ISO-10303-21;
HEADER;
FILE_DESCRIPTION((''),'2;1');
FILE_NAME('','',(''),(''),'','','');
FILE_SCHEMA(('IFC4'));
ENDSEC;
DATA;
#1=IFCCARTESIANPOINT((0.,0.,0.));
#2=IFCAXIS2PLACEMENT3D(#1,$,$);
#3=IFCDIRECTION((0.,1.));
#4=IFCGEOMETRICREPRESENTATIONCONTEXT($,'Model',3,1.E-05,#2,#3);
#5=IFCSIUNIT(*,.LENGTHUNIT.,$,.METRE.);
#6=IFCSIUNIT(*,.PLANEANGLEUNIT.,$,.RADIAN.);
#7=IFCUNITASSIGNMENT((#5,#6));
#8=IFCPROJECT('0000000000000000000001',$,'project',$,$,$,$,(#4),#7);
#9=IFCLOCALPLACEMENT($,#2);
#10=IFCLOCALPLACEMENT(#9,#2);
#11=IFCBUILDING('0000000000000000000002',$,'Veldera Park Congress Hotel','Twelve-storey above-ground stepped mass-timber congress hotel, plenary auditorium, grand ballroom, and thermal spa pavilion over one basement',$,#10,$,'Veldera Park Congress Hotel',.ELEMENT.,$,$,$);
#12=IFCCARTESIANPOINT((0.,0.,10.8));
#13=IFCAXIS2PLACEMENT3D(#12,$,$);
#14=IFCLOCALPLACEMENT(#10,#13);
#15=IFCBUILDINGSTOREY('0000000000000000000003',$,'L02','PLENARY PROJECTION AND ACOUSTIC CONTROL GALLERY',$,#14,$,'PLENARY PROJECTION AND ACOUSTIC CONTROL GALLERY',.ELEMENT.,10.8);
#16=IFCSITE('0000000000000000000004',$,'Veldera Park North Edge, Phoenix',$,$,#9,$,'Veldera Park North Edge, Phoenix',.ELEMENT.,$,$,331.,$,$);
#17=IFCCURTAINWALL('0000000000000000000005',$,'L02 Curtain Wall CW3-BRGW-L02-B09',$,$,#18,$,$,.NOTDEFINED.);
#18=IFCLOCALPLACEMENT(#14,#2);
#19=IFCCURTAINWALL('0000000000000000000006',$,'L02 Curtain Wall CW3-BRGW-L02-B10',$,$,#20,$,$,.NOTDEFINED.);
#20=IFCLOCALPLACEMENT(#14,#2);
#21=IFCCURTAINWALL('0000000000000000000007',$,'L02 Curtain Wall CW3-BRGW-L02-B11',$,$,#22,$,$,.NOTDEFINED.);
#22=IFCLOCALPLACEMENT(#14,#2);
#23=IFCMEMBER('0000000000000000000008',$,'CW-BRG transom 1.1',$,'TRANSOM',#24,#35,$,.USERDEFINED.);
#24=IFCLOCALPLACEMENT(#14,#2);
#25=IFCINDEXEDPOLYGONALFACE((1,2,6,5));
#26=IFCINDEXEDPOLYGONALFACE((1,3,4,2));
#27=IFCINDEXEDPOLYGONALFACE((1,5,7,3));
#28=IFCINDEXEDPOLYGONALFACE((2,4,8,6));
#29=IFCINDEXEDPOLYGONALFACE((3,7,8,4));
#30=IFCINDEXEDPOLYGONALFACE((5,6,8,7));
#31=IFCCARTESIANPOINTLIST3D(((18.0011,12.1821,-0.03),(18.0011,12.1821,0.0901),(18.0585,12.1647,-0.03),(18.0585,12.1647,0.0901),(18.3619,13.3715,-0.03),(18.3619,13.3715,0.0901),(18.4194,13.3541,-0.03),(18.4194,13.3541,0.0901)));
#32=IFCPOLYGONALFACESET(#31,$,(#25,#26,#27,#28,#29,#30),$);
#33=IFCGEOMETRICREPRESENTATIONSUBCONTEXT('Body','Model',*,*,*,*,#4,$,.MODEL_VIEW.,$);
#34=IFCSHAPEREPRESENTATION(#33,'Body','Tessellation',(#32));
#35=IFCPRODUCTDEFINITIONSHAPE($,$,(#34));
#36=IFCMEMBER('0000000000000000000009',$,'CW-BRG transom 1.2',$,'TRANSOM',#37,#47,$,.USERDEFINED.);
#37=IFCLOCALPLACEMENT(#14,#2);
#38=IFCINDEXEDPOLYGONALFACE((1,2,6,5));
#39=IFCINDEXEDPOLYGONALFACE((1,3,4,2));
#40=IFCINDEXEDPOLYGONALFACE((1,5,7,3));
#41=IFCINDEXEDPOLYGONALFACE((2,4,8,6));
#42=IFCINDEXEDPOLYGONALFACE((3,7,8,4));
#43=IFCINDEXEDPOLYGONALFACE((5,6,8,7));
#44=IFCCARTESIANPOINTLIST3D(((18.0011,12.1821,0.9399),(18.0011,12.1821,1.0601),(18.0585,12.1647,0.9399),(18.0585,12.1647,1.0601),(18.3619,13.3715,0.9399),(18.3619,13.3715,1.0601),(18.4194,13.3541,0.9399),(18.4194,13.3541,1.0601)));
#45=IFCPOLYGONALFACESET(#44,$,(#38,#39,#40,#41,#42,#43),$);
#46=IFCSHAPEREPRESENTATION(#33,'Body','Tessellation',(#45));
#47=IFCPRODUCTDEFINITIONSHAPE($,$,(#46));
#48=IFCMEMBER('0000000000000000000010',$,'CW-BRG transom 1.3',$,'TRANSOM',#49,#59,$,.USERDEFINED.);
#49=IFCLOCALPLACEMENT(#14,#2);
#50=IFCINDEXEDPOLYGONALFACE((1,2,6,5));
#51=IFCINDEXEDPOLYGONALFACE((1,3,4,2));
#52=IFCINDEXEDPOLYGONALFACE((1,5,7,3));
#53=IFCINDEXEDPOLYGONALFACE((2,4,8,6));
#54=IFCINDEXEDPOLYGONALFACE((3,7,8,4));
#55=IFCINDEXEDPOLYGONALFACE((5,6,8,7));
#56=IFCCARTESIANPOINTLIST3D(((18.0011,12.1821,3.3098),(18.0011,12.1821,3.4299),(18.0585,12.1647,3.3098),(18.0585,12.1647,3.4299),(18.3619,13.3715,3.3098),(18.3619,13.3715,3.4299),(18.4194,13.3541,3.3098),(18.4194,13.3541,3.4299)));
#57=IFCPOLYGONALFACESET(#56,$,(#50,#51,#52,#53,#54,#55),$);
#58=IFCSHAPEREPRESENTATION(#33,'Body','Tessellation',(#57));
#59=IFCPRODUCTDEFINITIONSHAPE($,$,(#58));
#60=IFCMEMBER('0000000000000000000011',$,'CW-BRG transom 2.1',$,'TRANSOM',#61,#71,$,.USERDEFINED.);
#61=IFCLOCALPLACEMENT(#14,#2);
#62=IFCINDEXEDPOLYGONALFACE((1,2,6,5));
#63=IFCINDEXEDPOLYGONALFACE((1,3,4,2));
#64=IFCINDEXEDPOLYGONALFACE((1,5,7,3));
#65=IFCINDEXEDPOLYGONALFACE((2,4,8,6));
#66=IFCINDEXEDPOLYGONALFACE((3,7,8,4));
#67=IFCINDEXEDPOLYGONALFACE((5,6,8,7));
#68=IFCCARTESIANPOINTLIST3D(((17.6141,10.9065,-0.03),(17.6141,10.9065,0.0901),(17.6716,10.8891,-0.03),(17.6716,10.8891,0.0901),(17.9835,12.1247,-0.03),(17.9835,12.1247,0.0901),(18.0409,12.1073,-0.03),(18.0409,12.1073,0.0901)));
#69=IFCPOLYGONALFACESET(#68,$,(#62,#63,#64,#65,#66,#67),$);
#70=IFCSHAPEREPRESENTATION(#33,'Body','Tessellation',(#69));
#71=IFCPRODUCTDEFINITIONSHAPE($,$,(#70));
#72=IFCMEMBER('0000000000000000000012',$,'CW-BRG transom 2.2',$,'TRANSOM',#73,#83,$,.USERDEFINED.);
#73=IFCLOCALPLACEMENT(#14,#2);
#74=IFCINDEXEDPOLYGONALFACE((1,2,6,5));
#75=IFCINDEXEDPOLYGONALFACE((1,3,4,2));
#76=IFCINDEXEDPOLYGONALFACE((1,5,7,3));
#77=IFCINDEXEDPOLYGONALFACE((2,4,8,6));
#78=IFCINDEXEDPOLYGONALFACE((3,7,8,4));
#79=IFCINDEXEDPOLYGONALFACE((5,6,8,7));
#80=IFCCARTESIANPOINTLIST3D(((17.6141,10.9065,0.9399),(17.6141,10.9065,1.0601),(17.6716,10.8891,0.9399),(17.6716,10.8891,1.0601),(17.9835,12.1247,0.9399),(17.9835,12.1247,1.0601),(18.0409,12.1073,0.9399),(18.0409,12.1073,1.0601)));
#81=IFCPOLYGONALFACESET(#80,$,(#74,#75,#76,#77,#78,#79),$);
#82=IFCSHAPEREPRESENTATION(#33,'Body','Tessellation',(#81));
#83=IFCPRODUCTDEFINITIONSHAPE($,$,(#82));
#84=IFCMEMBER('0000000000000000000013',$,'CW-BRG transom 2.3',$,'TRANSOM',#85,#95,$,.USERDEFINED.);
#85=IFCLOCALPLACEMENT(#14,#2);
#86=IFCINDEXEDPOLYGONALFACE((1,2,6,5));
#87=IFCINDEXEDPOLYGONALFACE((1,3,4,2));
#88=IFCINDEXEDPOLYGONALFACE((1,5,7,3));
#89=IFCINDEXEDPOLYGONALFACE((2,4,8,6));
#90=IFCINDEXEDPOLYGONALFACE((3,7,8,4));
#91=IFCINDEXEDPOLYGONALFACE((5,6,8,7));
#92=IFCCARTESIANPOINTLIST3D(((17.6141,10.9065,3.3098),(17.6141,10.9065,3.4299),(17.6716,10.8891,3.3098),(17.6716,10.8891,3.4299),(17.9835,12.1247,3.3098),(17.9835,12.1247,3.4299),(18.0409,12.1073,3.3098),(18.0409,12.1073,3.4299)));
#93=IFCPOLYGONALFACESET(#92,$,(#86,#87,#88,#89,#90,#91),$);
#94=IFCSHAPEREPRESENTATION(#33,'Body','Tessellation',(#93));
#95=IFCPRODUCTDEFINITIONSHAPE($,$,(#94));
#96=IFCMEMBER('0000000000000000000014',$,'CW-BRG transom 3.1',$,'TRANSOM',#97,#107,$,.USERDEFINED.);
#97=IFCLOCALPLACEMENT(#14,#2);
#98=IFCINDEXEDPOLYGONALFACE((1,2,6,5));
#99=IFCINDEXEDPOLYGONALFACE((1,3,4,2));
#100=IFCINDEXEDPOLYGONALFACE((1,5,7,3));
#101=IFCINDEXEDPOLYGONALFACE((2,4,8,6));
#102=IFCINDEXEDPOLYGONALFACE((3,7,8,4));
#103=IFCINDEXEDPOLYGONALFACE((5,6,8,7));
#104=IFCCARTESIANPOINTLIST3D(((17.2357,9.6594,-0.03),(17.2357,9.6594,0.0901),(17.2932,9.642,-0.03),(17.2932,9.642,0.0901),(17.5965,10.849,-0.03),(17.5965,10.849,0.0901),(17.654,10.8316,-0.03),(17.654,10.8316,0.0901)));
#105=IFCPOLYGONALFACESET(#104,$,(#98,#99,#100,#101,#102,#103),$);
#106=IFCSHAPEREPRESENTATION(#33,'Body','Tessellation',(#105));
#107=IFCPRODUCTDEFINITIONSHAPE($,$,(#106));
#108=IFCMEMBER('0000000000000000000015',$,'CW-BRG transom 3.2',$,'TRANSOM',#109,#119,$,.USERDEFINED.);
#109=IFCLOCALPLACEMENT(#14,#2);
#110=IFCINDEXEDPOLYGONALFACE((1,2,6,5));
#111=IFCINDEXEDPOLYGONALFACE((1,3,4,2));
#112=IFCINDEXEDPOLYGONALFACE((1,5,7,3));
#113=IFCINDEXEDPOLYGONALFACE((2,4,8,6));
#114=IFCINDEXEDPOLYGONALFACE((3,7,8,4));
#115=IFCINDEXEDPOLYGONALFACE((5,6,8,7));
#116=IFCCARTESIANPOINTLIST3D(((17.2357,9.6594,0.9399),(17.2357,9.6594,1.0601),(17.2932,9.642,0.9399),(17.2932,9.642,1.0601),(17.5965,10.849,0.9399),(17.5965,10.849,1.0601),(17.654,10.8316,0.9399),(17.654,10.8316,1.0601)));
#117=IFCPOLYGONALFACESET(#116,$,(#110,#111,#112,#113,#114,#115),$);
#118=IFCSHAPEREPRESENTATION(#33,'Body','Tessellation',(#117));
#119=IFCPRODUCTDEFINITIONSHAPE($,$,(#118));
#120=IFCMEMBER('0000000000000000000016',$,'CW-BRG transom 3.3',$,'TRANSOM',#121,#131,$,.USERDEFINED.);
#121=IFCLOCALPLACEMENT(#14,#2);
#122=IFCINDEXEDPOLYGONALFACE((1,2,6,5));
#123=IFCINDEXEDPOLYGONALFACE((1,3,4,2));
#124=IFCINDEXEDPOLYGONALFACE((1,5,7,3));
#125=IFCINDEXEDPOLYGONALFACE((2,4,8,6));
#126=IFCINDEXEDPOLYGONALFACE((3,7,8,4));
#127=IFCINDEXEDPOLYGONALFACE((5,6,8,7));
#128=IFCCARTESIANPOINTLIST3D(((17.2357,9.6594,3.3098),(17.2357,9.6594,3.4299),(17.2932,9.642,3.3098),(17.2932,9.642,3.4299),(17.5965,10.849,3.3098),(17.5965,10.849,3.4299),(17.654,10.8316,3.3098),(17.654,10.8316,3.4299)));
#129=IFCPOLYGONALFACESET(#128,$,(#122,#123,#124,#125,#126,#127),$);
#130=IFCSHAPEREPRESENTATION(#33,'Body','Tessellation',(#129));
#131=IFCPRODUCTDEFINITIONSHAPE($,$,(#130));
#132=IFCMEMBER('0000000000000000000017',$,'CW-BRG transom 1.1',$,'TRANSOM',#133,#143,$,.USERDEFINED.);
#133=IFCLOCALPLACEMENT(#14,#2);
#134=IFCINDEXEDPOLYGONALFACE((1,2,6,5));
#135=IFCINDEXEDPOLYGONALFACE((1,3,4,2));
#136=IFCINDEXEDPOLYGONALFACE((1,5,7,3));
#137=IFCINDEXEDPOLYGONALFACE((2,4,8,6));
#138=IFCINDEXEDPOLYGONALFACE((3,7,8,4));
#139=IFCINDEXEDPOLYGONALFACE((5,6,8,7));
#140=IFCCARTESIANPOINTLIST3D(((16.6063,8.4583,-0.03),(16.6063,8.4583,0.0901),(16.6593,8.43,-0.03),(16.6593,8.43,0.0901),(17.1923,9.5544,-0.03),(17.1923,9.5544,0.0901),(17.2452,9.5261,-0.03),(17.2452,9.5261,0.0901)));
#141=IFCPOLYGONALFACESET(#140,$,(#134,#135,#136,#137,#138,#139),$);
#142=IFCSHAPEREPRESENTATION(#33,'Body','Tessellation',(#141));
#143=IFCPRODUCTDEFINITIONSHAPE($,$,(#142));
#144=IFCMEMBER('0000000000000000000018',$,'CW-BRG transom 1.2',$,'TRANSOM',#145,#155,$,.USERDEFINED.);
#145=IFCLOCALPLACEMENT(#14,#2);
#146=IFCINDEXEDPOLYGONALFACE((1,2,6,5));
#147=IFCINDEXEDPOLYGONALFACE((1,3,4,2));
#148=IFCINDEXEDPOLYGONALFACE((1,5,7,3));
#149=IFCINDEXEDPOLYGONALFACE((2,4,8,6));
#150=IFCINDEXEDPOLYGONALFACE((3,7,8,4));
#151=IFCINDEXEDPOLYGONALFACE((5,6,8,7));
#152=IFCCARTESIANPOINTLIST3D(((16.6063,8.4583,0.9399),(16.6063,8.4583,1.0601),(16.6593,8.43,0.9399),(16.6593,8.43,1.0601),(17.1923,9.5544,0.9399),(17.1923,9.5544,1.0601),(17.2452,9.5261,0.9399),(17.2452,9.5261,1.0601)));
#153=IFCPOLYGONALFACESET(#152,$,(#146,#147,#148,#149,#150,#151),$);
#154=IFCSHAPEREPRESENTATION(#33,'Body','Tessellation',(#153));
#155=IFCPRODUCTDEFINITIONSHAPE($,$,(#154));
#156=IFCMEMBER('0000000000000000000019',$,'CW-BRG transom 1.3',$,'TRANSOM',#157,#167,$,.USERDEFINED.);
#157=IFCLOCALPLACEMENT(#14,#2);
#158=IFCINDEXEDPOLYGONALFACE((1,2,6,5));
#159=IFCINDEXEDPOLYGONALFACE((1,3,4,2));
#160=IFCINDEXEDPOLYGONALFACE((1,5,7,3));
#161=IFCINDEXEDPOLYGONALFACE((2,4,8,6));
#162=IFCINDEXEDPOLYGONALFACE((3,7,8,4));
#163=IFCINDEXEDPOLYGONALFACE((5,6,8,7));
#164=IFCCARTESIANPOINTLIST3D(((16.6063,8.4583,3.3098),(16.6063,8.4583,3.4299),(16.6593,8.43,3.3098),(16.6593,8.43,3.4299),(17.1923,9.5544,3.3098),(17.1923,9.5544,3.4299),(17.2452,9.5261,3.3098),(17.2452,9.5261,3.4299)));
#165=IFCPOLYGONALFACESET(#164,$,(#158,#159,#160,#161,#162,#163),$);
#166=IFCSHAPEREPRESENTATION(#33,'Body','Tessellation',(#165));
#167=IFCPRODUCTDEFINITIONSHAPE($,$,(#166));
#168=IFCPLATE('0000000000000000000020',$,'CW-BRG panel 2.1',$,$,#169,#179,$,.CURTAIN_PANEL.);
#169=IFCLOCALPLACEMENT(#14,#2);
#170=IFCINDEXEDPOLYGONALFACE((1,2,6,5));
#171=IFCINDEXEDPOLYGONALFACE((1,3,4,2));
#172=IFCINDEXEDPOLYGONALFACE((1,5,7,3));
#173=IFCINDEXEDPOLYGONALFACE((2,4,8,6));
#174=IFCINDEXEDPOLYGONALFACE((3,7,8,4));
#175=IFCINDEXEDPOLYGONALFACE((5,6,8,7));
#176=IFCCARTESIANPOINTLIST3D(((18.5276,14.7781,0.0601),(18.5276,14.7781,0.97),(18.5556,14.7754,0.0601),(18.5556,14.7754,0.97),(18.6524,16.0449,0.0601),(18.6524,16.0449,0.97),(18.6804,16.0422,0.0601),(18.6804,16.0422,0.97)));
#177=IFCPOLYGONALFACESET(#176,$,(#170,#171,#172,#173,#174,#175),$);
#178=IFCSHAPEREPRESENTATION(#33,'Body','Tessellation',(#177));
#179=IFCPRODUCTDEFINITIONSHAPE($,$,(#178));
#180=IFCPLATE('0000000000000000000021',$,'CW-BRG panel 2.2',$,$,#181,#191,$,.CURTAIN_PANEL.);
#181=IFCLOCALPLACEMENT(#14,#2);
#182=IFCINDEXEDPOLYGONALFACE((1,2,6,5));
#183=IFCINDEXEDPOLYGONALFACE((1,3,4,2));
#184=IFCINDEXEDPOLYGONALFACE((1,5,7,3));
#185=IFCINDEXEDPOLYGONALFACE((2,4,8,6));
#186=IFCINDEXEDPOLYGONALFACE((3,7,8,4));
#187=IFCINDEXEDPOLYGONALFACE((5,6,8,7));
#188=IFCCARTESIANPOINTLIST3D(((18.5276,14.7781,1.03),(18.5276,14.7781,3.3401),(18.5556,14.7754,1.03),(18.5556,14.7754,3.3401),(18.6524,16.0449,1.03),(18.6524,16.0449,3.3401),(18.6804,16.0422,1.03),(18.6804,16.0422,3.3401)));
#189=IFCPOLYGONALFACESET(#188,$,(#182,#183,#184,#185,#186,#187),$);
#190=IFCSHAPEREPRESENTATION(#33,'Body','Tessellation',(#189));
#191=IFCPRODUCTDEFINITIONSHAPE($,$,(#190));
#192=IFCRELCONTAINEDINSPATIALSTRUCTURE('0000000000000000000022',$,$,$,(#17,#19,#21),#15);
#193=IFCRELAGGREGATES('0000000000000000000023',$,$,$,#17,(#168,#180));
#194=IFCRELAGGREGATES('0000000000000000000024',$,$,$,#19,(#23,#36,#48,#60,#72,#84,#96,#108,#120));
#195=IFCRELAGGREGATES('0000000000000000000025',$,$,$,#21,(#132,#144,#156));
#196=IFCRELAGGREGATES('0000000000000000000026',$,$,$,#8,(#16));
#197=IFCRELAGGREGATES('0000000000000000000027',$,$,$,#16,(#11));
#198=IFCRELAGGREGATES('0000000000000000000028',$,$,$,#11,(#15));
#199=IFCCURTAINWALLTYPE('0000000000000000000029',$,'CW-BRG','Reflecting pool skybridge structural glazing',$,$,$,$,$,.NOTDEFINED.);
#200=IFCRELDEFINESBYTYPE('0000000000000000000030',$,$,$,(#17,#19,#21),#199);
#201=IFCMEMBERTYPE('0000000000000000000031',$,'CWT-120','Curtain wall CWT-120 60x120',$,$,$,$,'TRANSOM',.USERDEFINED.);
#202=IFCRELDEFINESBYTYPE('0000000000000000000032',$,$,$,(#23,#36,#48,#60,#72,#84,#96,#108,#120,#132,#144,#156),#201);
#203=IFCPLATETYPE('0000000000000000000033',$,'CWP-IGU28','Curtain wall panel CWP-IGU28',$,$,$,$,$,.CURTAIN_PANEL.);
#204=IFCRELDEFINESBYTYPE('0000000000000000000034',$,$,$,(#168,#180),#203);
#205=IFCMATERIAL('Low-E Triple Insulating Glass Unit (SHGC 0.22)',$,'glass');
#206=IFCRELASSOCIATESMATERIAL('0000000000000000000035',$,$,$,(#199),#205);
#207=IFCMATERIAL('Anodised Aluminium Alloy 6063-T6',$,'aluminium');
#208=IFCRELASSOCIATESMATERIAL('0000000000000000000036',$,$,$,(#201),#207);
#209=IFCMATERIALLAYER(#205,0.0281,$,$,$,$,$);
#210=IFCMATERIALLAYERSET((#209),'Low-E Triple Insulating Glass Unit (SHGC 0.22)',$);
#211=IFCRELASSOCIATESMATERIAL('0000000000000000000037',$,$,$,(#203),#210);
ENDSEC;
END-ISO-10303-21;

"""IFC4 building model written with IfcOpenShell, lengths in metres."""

from ifc_helpers import new_model, si_unit, direction, frame, origin, origin_2d, place, context, subcontext, project, spatial, rectangle, extrude, material, layer, layer_set, material_profile, profile_set, type_object, element, aggregate, save


model = new_model("IFC4")

# Units and contexts
model_context = context("Model", 3, precision=1e-05, world=origin(), true_north=direction((0.0, 1.0)))
body_context = subcontext(model_context, "Body", "Model", "MODEL_VIEW")
ifc_project = project(units=[si_unit("LENGTHUNIT", "METRE"), si_unit("PLANEANGLEUNIT", "RADIAN")], contexts=[model_context])

# Site, building, storey
site_placement = place(None, origin())
site = spatial("IfcSite", under=ifc_project, at=site_placement, Name="Veldera Park North Edge, Phoenix", LongName="Veldera Park North Edge, Phoenix", CompositionType="ELEMENT", RefElevation=331.0)
building_placement = place(site_placement, origin())
building = spatial("IfcBuilding", under=site, at=building_placement, Name="Veldera Park Congress Hotel", Description="Twelve-storey above-ground stepped mass-timber congress hotel, plenary auditorium, grand ballroom, and thermal spa pavilion over one basement", LongName="Veldera Park Congress Hotel", CompositionType="ELEMENT")
storey_placement = place(building_placement, frame((0.0, 0.0, 10.8)))
storey = spatial("IfcBuildingStorey", under=building, at=storey_placement, Name="L02", Description="PLENARY PROJECTION AND ACOUSTIC CONTROL GALLERY", LongName="PLENARY PROJECTION AND ACOUSTIC CONTROL GALLERY", CompositionType="ELEMENT", Elevation=10.8)

# Curtain walls
ifc_material_1 = material(Name="Low-E Triple Insulating Glass Unit (SHGC 0.22)", Category="glass")
curtain_wall_type = type_object("IfcCurtainWallType", Name="CW-BRG", Description="Reflecting pool skybridge structural glazing", PredefinedType="NOTDEFINED", material=ifc_material_1)
curtain_wall_1_placement = place(storey_placement, origin())
curtain_wall_1 = element("IfcCurtainWall", 1, at=curtain_wall_1_placement, inside=storey, type_object=curtain_wall_type, Name="L02 Curtain Wall CW3-BRGW-L02-B09", PredefinedType="NOTDEFINED")
ifc_material_2 = material(Name="Anodised Aluminium Alloy 6063-T6", Category="aluminium")
curtain_wall_2_placement = place(storey_placement, origin())
curtain_wall_2 = element("IfcCurtainWall", 2, at=curtain_wall_2_placement, inside=storey, type_object=curtain_wall_type, Name="L02 Curtain Wall CW3-BRGW-L02-B10", PredefinedType="NOTDEFINED")
curtain_wall_3_placement = place(storey_placement, origin())
curtain_wall_3 = element("IfcCurtainWall", 3, at=curtain_wall_3_placement, inside=storey, type_object=curtain_wall_type, Name="L02 Curtain Wall CW3-BRGW-L02-B11", PredefinedType="NOTDEFINED")

# Members
ifc_material_profile_1 = material_profile(ifc_material_2, rectangle(XDim=0.0601, YDim=0.1201, at=origin_2d()), Name="ALU 60x120")
ifc_profile_set_1 = profile_set([ifc_material_profile_1], Name="Anodised Aluminium Alloy 6063-T6")
member_type_1 = type_object("IfcMemberType", Name="CWT-120", Description="Curtain wall CWT-120 60x120", ElementType="TRANSOM", PredefinedType="USERDEFINED", material=ifc_profile_set_1)
member_1_placement = place(storey_placement, frame((18.3906, 13.3628, 0.03), z_axis=(-0.290302, -0.956935, 0.0), x_axis=(0.956935, -0.290302, 0.0)))
member_1 = element("IfcMember", 4, at=member_1_placement, type_object=member_type_1, Name="CW-BRG transom 1.1", ObjectType="TRANSOM", PredefinedType="USERDEFINED", context=body_context, shape_type="SweptSolid", body=[
    extrude(rectangle(XDim=0.0601, YDim=0.1201, at=origin_2d()), origin(), (0.0, 0.0, 1.0), 1.2429),
])
member_2_placement = place(storey_placement, frame((18.3906, 13.3628, 1.0), z_axis=(-0.290302, -0.956935, 0.0), x_axis=(0.956935, -0.290302, 0.0)))
member_2 = element("IfcMember", 5, at=member_2_placement, type_object=member_type_1, Name="CW-BRG transom 1.2", ObjectType="TRANSOM", PredefinedType="USERDEFINED", context=body_context, shape_type="SweptSolid", body=[
    extrude(rectangle(XDim=0.0601, YDim=0.1201, at=origin_2d()), origin(), (0.0, 0.0, 1.0), 1.2429),
])
member_3_placement = place(storey_placement, frame((18.3906, 13.3628, 3.3699), z_axis=(-0.290302, -0.956935, 0.0), x_axis=(0.956935, -0.290302, 0.0)))
member_3 = element("IfcMember", 6, at=member_3_placement, type_object=member_type_1, Name="CW-BRG transom 1.3", ObjectType="TRANSOM", PredefinedType="USERDEFINED", context=body_context, shape_type="SweptSolid", body=[
    extrude(rectangle(XDim=0.0601, YDim=0.1201, at=origin_2d()), origin(), (0.0, 0.0, 1.0), 1.2429),
])
member_4_placement = place(storey_placement, frame((18.0122, 12.116, 0.03), z_axis=(-0.290162, -0.956978, 0.0), x_axis=(0.956978, -0.290162, 0.0)))
member_4 = element("IfcMember", 7, at=member_4_placement, type_object=member_type_1, Name="CW-BRG transom 2.1", ObjectType="TRANSOM", PredefinedType="USERDEFINED", context=body_context, shape_type="SweptSolid", body=[
    extrude(rectangle(XDim=0.0601, YDim=0.1201, at=origin_2d()), origin(), (0.0, 0.0, 1.0), 1.2729),
])
member_5_placement = place(storey_placement, frame((18.0122, 12.116, 1.0), z_axis=(-0.290162, -0.956978, 0.0), x_axis=(0.956978, -0.290162, 0.0)))
member_5 = element("IfcMember", 8, at=member_5_placement, type_object=member_type_1, Name="CW-BRG transom 2.2", ObjectType="TRANSOM", PredefinedType="USERDEFINED", context=body_context, shape_type="SweptSolid", body=[
    extrude(rectangle(XDim=0.0601, YDim=0.1201, at=origin_2d()), origin(), (0.0, 0.0, 1.0), 1.2729),
])
member_6_placement = place(storey_placement, frame((18.0122, 12.116, 3.3699), z_axis=(-0.290162, -0.956978, 0.0), x_axis=(0.956978, -0.290162, 0.0)))
member_6 = element("IfcMember", 9, at=member_6_placement, type_object=member_type_1, Name="CW-BRG transom 2.3", ObjectType="TRANSOM", PredefinedType="USERDEFINED", context=body_context, shape_type="SweptSolid", body=[
    extrude(rectangle(XDim=0.0601, YDim=0.1201, at=origin_2d()), origin(), (0.0, 0.0, 1.0), 1.2729),
])
member_7_placement = place(storey_placement, frame((17.6252, 10.8403, 0.03), z_axis=(-0.290247, -0.956952, 0.0), x_axis=(0.956952, -0.290247, 0.0)))
member_7 = element("IfcMember", 10, at=member_7_placement, type_object=member_type_1, Name="CW-BRG transom 3.1", ObjectType="TRANSOM", PredefinedType="USERDEFINED", context=body_context, shape_type="SweptSolid", body=[
    extrude(rectangle(XDim=0.0601, YDim=0.1201, at=origin_2d()), origin(), (0.0, 0.0, 1.0), 1.2432),
])
member_8_placement = place(storey_placement, frame((17.6252, 10.8403, 1.0), z_axis=(-0.290247, -0.956952, 0.0), x_axis=(0.956952, -0.290247, 0.0)))
member_8 = element("IfcMember", 11, at=member_8_placement, type_object=member_type_1, Name="CW-BRG transom 3.2", ObjectType="TRANSOM", PredefinedType="USERDEFINED", context=body_context, shape_type="SweptSolid", body=[
    extrude(rectangle(XDim=0.0601, YDim=0.1201, at=origin_2d()), origin(), (0.0, 0.0, 1.0), 1.2432),
])
member_9_placement = place(storey_placement, frame((17.6252, 10.8403, 3.3699), z_axis=(-0.290247, -0.956952, 0.0), x_axis=(0.956952, -0.290247, 0.0)))
member_9 = element("IfcMember", 12, at=member_9_placement, type_object=member_type_1, Name="CW-BRG transom 3.3", ObjectType="TRANSOM", PredefinedType="USERDEFINED", context=body_context, shape_type="SweptSolid", body=[
    extrude(rectangle(XDim=0.0601, YDim=0.1201, at=origin_2d()), origin(), (0.0, 0.0, 1.0), 1.2432),
])
member_10_placement = place(storey_placement, frame((17.2188, 9.5403, 0.03), z_axis=(-0.471404, -0.881918, 0.0), x_axis=(0.881918, -0.471404, 0.0)))
member_10 = element("IfcMember", 13, at=member_10_placement, type_object=member_type_1, Name="CW-BRG transom 1.1", ObjectType="TRANSOM", PredefinedType="USERDEFINED", context=body_context, shape_type="SweptSolid", body=[
    extrude(rectangle(XDim=0.0601, YDim=0.1201, at=origin_2d()), origin(), (0.0, 0.0, 1.0), 1.2429),
])
member_11_placement = place(storey_placement, frame((17.2188, 9.5403, 1.0), z_axis=(-0.471404, -0.881918, 0.0), x_axis=(0.881918, -0.471404, 0.0)))
member_11 = element("IfcMember", 14, at=member_11_placement, type_object=member_type_1, Name="CW-BRG transom 1.2", ObjectType="TRANSOM", PredefinedType="USERDEFINED", context=body_context, shape_type="SweptSolid", body=[
    extrude(rectangle(XDim=0.0601, YDim=0.1201, at=origin_2d()), origin(), (0.0, 0.0, 1.0), 1.2429),
])
member_12_placement = place(storey_placement, frame((17.2188, 9.5403, 3.3699), z_axis=(-0.471404, -0.881918, 0.0), x_axis=(0.881918, -0.471404, 0.0)))
member_12 = element("IfcMember", 15, at=member_12_placement, type_object=member_type_1, Name="CW-BRG transom 1.3", ObjectType="TRANSOM", PredefinedType="USERDEFINED", context=body_context, shape_type="SweptSolid", body=[
    extrude(rectangle(XDim=0.0601, YDim=0.1201, at=origin_2d()), origin(), (0.0, 0.0, 1.0), 1.2429),
])

# Plates
ifc_layer = layer(ifc_material_1, 0.0281)
ifc_layer_set = layer_set([ifc_layer], Name="Low-E Triple Insulating Glass Unit (SHGC 0.22)")
plate_type = type_object("IfcPlateType", Name="CWP-IGU28", Description="Curtain wall panel CWP-IGU28", PredefinedType="CURTAIN_PANEL", material=ifc_layer_set)
plate_1_placement = place(storey_placement, frame((18.604, 15.4102, 0.0601), z_axis=(0.0, 0.0, 1.0), x_axis=(-0.098023, -0.995184, 0.0)))
plate_1 = element("IfcPlate", 16, at=plate_1_placement, type_object=plate_type, Name="CW-BRG panel 2.1", PredefinedType="CURTAIN_PANEL", context=body_context, shape_type="SweptSolid", body=[
    extrude(rectangle(XDim=1.2729, YDim=0.0281, at=origin_2d()), origin(), (0.0, 0.0, 1.0), 0.9099),
])
plate_2_placement = place(storey_placement, frame((18.604, 15.4102, 1.03), z_axis=(0.0, 0.0, 1.0), x_axis=(-0.098023, -0.995184, 0.0)))
plate_2 = element("IfcPlate", 17, at=plate_2_placement, type_object=plate_type, Name="CW-BRG panel 2.2", PredefinedType="CURTAIN_PANEL", context=body_context, shape_type="SweptSolid", body=[
    extrude(rectangle(XDim=1.2729, YDim=0.0281, at=origin_2d()), origin(), (0.0, 0.0, 1.0), 2.3101),
])
aggregate(curtain_wall_1, [plate_1, plate_2])
aggregate(curtain_wall_2, [member_1, member_2, member_3, member_4, member_5, member_6, member_7, member_8, member_9])
aggregate(curtain_wall_3, [member_10, member_11, member_12])

save(model, "model.ifc")
